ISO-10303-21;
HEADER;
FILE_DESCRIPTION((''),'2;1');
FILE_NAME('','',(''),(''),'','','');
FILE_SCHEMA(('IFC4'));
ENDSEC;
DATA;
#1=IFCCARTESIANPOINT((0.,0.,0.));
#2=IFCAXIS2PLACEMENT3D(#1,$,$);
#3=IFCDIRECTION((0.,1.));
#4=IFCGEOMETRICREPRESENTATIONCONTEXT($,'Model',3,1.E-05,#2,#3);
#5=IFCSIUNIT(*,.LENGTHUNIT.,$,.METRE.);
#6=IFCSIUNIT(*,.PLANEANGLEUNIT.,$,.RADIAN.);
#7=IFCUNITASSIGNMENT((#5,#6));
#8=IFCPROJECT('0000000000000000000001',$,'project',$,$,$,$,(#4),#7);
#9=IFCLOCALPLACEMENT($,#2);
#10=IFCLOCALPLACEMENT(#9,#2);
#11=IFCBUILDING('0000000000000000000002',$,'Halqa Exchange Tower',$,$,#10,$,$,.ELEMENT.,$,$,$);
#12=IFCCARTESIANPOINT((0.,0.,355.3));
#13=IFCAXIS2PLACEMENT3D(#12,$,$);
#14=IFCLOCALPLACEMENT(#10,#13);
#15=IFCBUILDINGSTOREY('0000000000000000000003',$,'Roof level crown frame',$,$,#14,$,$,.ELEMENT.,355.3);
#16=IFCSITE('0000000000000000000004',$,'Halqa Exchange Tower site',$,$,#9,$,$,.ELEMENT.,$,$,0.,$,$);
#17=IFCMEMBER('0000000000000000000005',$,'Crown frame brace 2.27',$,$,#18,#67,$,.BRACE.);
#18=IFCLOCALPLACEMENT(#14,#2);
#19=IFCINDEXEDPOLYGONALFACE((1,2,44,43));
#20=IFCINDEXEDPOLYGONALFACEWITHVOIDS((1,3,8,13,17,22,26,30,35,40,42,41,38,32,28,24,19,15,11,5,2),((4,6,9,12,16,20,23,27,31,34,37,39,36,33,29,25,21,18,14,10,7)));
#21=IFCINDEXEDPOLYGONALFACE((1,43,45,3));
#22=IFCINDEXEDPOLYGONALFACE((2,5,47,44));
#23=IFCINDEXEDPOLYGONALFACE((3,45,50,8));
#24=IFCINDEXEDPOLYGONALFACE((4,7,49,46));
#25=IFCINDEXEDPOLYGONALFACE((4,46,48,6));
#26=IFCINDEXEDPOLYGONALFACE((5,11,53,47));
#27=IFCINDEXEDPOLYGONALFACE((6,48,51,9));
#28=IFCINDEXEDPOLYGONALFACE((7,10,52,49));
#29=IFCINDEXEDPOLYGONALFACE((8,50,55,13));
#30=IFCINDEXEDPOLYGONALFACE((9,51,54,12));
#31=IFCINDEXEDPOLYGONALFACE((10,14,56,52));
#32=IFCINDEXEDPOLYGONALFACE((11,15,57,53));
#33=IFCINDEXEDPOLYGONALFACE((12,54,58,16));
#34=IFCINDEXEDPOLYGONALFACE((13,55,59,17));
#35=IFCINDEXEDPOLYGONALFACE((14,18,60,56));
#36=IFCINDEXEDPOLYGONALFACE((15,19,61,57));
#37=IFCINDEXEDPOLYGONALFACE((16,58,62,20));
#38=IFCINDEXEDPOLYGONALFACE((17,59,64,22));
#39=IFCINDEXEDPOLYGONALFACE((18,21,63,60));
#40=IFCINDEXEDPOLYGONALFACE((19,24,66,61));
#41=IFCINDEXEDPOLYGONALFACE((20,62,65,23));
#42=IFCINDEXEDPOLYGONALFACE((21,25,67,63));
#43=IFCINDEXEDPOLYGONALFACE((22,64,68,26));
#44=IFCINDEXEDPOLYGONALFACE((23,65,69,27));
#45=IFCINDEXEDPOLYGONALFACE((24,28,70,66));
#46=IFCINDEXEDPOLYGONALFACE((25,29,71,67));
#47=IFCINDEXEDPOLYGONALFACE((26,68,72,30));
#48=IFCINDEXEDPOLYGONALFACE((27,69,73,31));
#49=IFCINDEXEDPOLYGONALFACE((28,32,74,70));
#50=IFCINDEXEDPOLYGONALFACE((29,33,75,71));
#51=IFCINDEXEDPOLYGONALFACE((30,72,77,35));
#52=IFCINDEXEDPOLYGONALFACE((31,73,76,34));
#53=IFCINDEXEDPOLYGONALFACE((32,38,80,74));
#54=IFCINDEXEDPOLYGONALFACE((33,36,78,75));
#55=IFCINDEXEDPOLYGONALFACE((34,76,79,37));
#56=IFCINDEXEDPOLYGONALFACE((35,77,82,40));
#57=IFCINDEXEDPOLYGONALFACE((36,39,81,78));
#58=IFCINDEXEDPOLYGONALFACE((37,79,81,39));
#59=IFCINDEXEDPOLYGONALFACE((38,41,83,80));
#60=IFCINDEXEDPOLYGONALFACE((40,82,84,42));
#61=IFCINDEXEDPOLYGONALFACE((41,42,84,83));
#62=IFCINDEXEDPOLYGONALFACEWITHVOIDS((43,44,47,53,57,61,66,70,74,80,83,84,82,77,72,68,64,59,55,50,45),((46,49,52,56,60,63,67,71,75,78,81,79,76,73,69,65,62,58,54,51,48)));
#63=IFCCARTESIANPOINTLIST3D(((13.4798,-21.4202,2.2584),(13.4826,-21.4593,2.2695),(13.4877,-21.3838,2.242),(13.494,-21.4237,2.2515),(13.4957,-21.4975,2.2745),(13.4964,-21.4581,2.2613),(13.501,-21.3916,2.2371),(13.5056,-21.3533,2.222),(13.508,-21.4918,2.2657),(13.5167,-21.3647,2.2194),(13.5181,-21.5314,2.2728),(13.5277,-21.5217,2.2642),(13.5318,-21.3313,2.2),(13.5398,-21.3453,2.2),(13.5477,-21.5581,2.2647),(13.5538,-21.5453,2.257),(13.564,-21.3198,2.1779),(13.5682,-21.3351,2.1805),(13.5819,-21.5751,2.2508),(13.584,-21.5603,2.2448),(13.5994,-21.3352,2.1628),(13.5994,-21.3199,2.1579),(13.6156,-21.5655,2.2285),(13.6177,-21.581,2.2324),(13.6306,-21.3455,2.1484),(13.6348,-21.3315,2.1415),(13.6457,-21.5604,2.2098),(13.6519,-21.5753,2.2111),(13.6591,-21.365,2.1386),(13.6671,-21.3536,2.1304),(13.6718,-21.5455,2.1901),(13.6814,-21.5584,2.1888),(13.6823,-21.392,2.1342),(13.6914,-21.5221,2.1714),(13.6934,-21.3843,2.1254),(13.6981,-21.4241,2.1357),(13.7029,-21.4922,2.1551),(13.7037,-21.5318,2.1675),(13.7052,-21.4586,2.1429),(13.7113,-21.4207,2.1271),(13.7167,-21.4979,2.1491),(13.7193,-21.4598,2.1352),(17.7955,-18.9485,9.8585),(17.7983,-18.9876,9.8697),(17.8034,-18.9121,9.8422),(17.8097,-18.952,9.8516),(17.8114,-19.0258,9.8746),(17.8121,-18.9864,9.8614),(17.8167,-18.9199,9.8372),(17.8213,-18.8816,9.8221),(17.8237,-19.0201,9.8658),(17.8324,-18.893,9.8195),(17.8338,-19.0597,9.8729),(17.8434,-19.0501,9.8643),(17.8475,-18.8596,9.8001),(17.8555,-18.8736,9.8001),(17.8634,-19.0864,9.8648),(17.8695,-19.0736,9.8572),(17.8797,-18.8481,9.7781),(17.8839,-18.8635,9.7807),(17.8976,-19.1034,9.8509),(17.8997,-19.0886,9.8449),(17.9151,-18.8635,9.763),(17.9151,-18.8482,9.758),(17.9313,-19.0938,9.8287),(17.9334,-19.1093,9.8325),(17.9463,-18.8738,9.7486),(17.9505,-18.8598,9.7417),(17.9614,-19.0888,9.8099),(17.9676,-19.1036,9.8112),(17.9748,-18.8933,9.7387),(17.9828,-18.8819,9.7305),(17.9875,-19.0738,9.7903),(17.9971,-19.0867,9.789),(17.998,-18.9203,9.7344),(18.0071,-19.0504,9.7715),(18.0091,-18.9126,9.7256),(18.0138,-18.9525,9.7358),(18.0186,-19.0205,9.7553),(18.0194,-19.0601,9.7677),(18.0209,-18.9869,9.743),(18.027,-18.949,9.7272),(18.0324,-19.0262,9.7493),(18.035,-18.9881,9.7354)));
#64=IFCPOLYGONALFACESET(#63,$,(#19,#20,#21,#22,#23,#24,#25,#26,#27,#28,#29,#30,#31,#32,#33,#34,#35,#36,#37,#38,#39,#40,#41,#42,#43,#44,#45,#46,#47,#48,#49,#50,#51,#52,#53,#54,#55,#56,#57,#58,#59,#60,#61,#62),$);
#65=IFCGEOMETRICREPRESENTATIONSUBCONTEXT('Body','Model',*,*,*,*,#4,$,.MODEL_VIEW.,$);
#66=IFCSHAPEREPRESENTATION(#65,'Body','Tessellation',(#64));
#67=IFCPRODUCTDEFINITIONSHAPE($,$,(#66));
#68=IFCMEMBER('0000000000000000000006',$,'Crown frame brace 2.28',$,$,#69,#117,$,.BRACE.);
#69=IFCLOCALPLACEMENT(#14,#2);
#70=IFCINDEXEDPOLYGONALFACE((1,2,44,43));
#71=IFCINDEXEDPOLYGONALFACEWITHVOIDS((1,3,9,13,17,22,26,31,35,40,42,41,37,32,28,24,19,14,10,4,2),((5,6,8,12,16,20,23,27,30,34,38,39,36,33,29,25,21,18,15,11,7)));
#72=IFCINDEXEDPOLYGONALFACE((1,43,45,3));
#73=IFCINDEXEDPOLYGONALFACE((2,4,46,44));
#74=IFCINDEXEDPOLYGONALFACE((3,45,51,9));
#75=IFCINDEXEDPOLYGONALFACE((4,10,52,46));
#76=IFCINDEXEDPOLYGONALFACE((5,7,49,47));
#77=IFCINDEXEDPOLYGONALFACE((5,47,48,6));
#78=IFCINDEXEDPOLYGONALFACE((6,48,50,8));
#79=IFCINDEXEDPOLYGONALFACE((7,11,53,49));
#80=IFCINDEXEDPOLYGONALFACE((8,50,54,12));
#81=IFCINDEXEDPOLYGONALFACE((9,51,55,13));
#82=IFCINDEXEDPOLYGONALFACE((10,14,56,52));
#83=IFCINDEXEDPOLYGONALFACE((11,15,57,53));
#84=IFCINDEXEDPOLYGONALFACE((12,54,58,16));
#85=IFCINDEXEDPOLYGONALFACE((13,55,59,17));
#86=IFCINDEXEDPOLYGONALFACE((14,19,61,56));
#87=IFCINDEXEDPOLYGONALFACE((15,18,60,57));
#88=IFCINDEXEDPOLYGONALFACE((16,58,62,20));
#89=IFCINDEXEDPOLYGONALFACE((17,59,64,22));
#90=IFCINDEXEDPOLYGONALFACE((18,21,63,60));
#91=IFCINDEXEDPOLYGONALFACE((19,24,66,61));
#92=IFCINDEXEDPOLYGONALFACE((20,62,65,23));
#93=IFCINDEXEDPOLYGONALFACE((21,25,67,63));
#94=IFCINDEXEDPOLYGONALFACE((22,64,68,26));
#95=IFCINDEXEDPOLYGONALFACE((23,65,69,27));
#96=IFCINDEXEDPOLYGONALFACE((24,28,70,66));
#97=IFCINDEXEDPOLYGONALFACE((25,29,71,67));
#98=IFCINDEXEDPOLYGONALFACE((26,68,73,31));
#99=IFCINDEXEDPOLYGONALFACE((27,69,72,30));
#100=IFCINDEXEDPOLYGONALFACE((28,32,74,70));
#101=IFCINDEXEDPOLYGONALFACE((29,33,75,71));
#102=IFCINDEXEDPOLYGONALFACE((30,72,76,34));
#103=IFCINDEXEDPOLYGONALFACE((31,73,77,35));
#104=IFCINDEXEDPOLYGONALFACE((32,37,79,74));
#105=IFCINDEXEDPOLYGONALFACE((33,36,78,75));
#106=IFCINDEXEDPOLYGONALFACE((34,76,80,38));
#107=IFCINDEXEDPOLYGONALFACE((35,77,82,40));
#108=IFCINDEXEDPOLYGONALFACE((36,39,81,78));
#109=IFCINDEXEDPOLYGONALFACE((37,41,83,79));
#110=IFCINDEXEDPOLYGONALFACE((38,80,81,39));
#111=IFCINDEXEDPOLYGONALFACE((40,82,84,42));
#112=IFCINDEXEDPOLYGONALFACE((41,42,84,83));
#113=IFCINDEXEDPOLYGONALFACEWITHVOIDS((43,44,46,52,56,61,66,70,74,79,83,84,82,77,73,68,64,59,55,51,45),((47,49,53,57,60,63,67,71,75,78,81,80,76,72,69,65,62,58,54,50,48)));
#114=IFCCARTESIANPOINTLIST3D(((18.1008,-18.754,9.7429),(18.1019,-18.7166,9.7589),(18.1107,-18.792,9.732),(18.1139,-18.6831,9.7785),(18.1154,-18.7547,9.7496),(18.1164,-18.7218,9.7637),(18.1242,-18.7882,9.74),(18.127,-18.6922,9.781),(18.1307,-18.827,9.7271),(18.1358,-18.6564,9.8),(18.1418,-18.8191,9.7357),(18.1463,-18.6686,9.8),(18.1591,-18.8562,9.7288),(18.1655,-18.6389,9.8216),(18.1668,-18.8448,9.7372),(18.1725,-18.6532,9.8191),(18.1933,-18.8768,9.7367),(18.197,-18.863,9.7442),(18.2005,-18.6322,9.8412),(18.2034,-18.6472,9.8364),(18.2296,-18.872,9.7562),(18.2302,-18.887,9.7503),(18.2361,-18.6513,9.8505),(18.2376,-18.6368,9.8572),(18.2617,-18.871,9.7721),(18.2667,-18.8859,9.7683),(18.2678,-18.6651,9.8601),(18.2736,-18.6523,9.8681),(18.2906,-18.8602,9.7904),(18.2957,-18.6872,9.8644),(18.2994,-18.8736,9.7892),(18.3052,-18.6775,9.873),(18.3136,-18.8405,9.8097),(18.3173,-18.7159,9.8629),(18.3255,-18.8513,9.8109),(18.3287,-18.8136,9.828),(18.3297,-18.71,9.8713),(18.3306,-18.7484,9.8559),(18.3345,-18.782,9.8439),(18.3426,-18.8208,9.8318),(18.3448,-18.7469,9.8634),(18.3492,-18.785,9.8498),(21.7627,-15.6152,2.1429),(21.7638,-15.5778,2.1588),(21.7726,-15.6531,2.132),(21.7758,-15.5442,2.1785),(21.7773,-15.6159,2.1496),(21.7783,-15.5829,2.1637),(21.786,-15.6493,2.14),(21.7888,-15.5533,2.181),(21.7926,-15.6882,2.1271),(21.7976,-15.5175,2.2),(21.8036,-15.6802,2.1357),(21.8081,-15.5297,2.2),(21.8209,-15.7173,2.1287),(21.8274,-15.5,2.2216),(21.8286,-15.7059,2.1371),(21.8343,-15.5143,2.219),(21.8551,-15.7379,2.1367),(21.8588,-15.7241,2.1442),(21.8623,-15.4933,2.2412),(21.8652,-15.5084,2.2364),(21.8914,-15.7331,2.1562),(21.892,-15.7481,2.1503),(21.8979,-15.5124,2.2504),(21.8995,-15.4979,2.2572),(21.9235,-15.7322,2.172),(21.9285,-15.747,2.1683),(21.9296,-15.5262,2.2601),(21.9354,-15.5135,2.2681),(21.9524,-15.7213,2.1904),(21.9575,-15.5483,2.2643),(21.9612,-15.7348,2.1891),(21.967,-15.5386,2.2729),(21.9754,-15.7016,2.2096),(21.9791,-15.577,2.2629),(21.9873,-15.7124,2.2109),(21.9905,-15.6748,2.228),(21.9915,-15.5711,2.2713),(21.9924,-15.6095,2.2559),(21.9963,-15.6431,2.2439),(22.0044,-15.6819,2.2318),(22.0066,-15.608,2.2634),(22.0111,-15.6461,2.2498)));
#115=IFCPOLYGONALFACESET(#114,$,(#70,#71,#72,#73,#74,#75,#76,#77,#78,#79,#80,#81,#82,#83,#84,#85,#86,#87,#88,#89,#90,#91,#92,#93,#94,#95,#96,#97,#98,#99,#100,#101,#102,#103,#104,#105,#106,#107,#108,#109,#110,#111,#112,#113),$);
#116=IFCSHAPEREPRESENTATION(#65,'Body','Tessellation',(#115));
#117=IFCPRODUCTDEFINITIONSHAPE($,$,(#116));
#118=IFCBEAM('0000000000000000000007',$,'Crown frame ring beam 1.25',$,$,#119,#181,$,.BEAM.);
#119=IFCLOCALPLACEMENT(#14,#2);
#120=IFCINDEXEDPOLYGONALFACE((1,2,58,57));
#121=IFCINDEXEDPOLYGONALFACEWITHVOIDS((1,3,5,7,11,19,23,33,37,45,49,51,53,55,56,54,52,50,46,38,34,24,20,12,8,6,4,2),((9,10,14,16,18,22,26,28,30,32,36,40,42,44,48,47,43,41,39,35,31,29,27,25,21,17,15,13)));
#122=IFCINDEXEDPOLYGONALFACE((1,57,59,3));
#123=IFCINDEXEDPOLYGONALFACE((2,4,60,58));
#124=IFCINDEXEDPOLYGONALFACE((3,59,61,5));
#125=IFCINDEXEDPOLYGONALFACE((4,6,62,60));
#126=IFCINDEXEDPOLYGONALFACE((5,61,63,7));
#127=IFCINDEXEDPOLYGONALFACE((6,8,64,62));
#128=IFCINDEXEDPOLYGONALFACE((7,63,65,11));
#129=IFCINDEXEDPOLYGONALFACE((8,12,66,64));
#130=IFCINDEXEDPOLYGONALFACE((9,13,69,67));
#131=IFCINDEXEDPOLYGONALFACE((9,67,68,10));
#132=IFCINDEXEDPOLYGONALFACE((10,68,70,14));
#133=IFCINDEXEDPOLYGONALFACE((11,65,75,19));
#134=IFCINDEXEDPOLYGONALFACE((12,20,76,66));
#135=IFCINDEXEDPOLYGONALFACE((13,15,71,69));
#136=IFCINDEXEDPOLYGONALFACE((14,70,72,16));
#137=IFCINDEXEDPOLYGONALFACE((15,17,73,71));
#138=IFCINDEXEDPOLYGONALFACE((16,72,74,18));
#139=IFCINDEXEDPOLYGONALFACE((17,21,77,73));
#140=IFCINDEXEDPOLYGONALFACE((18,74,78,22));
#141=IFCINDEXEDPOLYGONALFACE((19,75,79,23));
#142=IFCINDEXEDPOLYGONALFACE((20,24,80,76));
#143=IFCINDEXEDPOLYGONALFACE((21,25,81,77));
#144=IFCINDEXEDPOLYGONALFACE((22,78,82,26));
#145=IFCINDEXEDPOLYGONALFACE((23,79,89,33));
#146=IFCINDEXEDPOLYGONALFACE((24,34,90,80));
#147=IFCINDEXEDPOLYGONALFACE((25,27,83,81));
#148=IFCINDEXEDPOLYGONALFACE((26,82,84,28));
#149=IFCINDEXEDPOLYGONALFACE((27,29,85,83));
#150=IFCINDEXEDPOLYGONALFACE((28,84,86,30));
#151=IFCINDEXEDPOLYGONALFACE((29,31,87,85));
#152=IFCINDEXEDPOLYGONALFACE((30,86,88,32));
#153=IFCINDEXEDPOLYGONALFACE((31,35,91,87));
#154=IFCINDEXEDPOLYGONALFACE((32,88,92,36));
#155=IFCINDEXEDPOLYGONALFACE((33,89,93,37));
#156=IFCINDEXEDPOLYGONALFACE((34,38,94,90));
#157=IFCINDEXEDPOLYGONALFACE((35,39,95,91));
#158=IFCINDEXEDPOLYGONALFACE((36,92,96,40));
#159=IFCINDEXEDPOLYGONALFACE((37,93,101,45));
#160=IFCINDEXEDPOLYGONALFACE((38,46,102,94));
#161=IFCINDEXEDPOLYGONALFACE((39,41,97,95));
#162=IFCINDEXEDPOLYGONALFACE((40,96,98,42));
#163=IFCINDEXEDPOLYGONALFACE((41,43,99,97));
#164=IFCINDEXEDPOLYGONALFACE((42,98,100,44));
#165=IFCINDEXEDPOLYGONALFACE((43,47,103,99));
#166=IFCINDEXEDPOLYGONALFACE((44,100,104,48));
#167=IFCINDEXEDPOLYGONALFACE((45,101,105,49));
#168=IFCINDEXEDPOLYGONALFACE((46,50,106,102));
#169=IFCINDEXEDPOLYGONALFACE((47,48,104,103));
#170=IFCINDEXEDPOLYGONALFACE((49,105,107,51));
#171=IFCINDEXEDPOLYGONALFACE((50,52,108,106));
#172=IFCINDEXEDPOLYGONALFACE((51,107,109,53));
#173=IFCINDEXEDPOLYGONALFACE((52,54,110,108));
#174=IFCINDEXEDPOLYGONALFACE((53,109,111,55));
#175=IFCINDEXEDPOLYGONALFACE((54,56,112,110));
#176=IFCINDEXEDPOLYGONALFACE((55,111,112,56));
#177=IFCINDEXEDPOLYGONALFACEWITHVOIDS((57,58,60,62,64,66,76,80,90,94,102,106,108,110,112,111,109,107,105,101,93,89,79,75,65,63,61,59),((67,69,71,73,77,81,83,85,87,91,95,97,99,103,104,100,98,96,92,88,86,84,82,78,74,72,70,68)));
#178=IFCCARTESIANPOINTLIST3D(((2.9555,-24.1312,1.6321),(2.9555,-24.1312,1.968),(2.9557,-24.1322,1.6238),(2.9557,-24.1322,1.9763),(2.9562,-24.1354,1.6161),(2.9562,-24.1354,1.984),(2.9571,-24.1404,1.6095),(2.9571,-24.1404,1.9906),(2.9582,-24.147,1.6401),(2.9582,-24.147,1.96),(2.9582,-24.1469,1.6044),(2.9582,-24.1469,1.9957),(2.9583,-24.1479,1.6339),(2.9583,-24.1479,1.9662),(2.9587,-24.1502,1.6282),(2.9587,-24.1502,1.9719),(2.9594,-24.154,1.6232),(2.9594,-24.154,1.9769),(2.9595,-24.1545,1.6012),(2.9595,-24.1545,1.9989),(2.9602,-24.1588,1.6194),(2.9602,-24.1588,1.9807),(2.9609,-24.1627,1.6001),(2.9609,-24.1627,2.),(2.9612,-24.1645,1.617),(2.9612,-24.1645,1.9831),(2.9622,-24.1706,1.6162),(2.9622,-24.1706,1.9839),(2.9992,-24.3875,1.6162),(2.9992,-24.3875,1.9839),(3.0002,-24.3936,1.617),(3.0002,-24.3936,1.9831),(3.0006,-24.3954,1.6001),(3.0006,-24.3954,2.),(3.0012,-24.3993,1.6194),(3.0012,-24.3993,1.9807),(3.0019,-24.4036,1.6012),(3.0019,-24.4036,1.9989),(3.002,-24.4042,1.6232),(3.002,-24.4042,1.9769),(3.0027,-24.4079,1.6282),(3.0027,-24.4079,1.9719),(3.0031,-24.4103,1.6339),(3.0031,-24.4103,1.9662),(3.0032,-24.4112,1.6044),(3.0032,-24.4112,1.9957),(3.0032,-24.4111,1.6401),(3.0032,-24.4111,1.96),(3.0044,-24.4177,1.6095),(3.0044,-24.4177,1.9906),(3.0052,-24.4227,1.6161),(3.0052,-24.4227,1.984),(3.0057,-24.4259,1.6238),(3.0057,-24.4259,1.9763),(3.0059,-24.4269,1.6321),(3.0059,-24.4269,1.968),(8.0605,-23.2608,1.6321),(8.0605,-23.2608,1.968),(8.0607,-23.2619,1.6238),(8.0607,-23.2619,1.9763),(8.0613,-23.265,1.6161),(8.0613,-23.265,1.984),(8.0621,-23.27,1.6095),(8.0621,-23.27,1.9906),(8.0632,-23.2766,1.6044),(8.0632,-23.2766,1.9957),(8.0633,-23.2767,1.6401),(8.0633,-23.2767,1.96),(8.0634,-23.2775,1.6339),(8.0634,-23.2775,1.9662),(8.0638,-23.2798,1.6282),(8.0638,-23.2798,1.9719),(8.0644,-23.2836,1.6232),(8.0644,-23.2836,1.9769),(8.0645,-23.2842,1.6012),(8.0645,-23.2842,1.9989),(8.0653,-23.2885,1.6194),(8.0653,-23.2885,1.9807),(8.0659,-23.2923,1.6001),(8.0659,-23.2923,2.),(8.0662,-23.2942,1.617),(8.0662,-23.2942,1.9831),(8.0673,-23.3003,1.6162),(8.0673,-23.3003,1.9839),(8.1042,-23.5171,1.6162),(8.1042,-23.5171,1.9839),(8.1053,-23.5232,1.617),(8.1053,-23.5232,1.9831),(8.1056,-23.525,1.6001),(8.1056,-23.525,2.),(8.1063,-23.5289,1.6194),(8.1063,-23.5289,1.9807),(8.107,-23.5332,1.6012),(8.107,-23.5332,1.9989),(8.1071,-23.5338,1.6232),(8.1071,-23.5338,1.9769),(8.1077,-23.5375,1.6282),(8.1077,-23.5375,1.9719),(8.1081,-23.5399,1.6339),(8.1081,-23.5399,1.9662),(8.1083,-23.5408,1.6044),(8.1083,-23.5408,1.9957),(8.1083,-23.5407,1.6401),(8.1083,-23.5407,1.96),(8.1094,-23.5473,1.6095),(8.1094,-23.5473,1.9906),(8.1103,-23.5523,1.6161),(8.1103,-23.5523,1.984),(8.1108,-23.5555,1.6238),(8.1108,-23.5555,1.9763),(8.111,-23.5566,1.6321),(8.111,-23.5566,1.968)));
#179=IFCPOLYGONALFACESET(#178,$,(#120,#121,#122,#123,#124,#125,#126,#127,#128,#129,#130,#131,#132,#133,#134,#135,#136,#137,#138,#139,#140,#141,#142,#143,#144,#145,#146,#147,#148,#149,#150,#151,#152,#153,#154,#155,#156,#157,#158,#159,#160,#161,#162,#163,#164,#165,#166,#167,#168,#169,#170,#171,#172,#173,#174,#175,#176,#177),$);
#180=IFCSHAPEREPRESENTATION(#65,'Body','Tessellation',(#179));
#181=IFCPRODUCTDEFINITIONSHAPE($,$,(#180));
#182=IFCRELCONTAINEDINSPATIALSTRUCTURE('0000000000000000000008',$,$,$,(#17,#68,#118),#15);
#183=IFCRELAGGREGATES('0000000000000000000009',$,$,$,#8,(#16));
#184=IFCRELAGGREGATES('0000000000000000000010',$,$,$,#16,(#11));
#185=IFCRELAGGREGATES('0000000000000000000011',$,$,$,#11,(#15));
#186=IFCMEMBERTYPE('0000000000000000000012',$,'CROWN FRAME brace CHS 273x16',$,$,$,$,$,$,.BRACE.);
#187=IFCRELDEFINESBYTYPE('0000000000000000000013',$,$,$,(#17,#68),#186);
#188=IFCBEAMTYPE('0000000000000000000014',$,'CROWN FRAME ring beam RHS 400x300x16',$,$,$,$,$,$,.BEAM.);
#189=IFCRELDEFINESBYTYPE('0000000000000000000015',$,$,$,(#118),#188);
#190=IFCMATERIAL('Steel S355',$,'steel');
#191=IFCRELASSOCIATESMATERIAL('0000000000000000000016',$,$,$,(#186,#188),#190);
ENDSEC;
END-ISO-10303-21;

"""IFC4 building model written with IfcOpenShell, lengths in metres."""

from ifc_helpers import new_model, si_unit, direction, frame, origin, origin_2d, place, context, subcontext, project, spatial, hollow_rectangle, hollow_circle, extrude, material, material_profile, profile_set, type_object, element, save


model = new_model("IFC4")

# Units and contexts
model_context = context("Model", 3, precision=1e-05, world=origin(), true_north=direction((0.0, 1.0)))
body_context = subcontext(model_context, "Body", "Model", "MODEL_VIEW")
ifc_project = project(units=[si_unit("LENGTHUNIT", "METRE"), si_unit("PLANEANGLEUNIT", "RADIAN")], contexts=[model_context])

# Site, building, storey
site_placement = place(None, origin())
site = spatial("IfcSite", under=ifc_project, at=site_placement, Name="Halqa Exchange Tower site", CompositionType="ELEMENT", RefElevation=0.0)
building_placement = place(site_placement, origin())
building = spatial("IfcBuilding", under=site, at=building_placement, Name="Halqa Exchange Tower", CompositionType="ELEMENT")
storey_placement = place(building_placement, frame((0.0, 0.0, 355.3)))
storey = spatial("IfcBuildingStorey", under=building, at=storey_placement, Name="Roof level crown frame", CompositionType="ELEMENT", Elevation=355.3)

# Shared definitions
ifc_material_1 = material(Name="Steel S355", Category="steel")

# Members
ifc_material_profile_1 = material_profile(ifc_material_1, hollow_circle(Radius=0.1365, WallThickness=0.0161, at=origin_2d()), Name="CHS 273x16")
ifc_profile_set_1 = profile_set([ifc_material_profile_1], Name="Steel S355")
member_type = type_object("IfcMemberType", Name="CROWN FRAME brace CHS 273x16", PredefinedType="BRACE", material=ifc_profile_set_1)
member_1_placement = place(storey_placement, frame((13.5996, -21.4497, 2.2), z_axis=(0.475152, 0.27213, 0.836765), x_axis=(-0.496985, 0.867759, 0.0)))
element("IfcMember", 1, at=member_1_placement, inside=storey, type_object=member_type, Name="Crown frame brace 2.27", PredefinedType="BRACE", context=body_context, shape_type="SweptSolid", body=[
    extrude(hollow_circle(Radius=0.1365, WallThickness=0.0161, at=origin_2d()), origin(), (0.0, 0.0, 1.0), 9.0828),
])
member_2_placement = place(storey_placement, frame((18.2246, -18.76, 9.8), z_axis=(0.406815, 0.348718, -0.844333), x_axis=(-0.650812, 0.759239, 0.0)))
element("IfcMember", 2, at=member_2_placement, inside=storey, type_object=member_type, Name="Crown frame brace 2.28", PredefinedType="BRACE", context=body_context, shape_type="SweptSolid", body=[
    extrude(hollow_circle(Radius=0.1365, WallThickness=0.0161, at=origin_2d()), origin(), (0.0, 0.0, 1.0), 9.0012),
])

# Beam
ifc_material_profile_2 = material_profile(ifc_material_1, hollow_rectangle(XDim=0.3, YDim=0.3999, WallThickness=0.0161, InnerFilletRadius=0.0239, OuterFilletRadius=0.032, at=origin_2d()), Name="RHS 400x300x16")
ifc_profile_set_2 = profile_set([ifc_material_profile_2], Name="Steel S355")
beam_type = type_object("IfcBeamType", Name="CROWN FRAME ring beam RHS 400x300x16", PredefinedType="BEAM", material=ifc_profile_set_2)
beam_1_placement = place(storey_placement, frame((2.9807, -24.2791, 1.8), z_axis=(0.985776, 0.168067, 0.0), x_axis=(-0.168067, 0.985776, 0.0)))
element("IfcBeam", 3, at=beam_1_placement, inside=storey, type_object=beam_type, Name="Crown frame ring beam 1.25", PredefinedType="BEAM", context=body_context, shape_type="SweptSolid", body=[
    extrude(hollow_rectangle(XDim=0.3, YDim=0.3999, WallThickness=0.0161, InnerFilletRadius=0.0239, OuterFilletRadius=0.032, at=origin_2d()), origin(), (0.0, 0.0, 1.0), 5.1787),
])

save(model, "model.ifc")
